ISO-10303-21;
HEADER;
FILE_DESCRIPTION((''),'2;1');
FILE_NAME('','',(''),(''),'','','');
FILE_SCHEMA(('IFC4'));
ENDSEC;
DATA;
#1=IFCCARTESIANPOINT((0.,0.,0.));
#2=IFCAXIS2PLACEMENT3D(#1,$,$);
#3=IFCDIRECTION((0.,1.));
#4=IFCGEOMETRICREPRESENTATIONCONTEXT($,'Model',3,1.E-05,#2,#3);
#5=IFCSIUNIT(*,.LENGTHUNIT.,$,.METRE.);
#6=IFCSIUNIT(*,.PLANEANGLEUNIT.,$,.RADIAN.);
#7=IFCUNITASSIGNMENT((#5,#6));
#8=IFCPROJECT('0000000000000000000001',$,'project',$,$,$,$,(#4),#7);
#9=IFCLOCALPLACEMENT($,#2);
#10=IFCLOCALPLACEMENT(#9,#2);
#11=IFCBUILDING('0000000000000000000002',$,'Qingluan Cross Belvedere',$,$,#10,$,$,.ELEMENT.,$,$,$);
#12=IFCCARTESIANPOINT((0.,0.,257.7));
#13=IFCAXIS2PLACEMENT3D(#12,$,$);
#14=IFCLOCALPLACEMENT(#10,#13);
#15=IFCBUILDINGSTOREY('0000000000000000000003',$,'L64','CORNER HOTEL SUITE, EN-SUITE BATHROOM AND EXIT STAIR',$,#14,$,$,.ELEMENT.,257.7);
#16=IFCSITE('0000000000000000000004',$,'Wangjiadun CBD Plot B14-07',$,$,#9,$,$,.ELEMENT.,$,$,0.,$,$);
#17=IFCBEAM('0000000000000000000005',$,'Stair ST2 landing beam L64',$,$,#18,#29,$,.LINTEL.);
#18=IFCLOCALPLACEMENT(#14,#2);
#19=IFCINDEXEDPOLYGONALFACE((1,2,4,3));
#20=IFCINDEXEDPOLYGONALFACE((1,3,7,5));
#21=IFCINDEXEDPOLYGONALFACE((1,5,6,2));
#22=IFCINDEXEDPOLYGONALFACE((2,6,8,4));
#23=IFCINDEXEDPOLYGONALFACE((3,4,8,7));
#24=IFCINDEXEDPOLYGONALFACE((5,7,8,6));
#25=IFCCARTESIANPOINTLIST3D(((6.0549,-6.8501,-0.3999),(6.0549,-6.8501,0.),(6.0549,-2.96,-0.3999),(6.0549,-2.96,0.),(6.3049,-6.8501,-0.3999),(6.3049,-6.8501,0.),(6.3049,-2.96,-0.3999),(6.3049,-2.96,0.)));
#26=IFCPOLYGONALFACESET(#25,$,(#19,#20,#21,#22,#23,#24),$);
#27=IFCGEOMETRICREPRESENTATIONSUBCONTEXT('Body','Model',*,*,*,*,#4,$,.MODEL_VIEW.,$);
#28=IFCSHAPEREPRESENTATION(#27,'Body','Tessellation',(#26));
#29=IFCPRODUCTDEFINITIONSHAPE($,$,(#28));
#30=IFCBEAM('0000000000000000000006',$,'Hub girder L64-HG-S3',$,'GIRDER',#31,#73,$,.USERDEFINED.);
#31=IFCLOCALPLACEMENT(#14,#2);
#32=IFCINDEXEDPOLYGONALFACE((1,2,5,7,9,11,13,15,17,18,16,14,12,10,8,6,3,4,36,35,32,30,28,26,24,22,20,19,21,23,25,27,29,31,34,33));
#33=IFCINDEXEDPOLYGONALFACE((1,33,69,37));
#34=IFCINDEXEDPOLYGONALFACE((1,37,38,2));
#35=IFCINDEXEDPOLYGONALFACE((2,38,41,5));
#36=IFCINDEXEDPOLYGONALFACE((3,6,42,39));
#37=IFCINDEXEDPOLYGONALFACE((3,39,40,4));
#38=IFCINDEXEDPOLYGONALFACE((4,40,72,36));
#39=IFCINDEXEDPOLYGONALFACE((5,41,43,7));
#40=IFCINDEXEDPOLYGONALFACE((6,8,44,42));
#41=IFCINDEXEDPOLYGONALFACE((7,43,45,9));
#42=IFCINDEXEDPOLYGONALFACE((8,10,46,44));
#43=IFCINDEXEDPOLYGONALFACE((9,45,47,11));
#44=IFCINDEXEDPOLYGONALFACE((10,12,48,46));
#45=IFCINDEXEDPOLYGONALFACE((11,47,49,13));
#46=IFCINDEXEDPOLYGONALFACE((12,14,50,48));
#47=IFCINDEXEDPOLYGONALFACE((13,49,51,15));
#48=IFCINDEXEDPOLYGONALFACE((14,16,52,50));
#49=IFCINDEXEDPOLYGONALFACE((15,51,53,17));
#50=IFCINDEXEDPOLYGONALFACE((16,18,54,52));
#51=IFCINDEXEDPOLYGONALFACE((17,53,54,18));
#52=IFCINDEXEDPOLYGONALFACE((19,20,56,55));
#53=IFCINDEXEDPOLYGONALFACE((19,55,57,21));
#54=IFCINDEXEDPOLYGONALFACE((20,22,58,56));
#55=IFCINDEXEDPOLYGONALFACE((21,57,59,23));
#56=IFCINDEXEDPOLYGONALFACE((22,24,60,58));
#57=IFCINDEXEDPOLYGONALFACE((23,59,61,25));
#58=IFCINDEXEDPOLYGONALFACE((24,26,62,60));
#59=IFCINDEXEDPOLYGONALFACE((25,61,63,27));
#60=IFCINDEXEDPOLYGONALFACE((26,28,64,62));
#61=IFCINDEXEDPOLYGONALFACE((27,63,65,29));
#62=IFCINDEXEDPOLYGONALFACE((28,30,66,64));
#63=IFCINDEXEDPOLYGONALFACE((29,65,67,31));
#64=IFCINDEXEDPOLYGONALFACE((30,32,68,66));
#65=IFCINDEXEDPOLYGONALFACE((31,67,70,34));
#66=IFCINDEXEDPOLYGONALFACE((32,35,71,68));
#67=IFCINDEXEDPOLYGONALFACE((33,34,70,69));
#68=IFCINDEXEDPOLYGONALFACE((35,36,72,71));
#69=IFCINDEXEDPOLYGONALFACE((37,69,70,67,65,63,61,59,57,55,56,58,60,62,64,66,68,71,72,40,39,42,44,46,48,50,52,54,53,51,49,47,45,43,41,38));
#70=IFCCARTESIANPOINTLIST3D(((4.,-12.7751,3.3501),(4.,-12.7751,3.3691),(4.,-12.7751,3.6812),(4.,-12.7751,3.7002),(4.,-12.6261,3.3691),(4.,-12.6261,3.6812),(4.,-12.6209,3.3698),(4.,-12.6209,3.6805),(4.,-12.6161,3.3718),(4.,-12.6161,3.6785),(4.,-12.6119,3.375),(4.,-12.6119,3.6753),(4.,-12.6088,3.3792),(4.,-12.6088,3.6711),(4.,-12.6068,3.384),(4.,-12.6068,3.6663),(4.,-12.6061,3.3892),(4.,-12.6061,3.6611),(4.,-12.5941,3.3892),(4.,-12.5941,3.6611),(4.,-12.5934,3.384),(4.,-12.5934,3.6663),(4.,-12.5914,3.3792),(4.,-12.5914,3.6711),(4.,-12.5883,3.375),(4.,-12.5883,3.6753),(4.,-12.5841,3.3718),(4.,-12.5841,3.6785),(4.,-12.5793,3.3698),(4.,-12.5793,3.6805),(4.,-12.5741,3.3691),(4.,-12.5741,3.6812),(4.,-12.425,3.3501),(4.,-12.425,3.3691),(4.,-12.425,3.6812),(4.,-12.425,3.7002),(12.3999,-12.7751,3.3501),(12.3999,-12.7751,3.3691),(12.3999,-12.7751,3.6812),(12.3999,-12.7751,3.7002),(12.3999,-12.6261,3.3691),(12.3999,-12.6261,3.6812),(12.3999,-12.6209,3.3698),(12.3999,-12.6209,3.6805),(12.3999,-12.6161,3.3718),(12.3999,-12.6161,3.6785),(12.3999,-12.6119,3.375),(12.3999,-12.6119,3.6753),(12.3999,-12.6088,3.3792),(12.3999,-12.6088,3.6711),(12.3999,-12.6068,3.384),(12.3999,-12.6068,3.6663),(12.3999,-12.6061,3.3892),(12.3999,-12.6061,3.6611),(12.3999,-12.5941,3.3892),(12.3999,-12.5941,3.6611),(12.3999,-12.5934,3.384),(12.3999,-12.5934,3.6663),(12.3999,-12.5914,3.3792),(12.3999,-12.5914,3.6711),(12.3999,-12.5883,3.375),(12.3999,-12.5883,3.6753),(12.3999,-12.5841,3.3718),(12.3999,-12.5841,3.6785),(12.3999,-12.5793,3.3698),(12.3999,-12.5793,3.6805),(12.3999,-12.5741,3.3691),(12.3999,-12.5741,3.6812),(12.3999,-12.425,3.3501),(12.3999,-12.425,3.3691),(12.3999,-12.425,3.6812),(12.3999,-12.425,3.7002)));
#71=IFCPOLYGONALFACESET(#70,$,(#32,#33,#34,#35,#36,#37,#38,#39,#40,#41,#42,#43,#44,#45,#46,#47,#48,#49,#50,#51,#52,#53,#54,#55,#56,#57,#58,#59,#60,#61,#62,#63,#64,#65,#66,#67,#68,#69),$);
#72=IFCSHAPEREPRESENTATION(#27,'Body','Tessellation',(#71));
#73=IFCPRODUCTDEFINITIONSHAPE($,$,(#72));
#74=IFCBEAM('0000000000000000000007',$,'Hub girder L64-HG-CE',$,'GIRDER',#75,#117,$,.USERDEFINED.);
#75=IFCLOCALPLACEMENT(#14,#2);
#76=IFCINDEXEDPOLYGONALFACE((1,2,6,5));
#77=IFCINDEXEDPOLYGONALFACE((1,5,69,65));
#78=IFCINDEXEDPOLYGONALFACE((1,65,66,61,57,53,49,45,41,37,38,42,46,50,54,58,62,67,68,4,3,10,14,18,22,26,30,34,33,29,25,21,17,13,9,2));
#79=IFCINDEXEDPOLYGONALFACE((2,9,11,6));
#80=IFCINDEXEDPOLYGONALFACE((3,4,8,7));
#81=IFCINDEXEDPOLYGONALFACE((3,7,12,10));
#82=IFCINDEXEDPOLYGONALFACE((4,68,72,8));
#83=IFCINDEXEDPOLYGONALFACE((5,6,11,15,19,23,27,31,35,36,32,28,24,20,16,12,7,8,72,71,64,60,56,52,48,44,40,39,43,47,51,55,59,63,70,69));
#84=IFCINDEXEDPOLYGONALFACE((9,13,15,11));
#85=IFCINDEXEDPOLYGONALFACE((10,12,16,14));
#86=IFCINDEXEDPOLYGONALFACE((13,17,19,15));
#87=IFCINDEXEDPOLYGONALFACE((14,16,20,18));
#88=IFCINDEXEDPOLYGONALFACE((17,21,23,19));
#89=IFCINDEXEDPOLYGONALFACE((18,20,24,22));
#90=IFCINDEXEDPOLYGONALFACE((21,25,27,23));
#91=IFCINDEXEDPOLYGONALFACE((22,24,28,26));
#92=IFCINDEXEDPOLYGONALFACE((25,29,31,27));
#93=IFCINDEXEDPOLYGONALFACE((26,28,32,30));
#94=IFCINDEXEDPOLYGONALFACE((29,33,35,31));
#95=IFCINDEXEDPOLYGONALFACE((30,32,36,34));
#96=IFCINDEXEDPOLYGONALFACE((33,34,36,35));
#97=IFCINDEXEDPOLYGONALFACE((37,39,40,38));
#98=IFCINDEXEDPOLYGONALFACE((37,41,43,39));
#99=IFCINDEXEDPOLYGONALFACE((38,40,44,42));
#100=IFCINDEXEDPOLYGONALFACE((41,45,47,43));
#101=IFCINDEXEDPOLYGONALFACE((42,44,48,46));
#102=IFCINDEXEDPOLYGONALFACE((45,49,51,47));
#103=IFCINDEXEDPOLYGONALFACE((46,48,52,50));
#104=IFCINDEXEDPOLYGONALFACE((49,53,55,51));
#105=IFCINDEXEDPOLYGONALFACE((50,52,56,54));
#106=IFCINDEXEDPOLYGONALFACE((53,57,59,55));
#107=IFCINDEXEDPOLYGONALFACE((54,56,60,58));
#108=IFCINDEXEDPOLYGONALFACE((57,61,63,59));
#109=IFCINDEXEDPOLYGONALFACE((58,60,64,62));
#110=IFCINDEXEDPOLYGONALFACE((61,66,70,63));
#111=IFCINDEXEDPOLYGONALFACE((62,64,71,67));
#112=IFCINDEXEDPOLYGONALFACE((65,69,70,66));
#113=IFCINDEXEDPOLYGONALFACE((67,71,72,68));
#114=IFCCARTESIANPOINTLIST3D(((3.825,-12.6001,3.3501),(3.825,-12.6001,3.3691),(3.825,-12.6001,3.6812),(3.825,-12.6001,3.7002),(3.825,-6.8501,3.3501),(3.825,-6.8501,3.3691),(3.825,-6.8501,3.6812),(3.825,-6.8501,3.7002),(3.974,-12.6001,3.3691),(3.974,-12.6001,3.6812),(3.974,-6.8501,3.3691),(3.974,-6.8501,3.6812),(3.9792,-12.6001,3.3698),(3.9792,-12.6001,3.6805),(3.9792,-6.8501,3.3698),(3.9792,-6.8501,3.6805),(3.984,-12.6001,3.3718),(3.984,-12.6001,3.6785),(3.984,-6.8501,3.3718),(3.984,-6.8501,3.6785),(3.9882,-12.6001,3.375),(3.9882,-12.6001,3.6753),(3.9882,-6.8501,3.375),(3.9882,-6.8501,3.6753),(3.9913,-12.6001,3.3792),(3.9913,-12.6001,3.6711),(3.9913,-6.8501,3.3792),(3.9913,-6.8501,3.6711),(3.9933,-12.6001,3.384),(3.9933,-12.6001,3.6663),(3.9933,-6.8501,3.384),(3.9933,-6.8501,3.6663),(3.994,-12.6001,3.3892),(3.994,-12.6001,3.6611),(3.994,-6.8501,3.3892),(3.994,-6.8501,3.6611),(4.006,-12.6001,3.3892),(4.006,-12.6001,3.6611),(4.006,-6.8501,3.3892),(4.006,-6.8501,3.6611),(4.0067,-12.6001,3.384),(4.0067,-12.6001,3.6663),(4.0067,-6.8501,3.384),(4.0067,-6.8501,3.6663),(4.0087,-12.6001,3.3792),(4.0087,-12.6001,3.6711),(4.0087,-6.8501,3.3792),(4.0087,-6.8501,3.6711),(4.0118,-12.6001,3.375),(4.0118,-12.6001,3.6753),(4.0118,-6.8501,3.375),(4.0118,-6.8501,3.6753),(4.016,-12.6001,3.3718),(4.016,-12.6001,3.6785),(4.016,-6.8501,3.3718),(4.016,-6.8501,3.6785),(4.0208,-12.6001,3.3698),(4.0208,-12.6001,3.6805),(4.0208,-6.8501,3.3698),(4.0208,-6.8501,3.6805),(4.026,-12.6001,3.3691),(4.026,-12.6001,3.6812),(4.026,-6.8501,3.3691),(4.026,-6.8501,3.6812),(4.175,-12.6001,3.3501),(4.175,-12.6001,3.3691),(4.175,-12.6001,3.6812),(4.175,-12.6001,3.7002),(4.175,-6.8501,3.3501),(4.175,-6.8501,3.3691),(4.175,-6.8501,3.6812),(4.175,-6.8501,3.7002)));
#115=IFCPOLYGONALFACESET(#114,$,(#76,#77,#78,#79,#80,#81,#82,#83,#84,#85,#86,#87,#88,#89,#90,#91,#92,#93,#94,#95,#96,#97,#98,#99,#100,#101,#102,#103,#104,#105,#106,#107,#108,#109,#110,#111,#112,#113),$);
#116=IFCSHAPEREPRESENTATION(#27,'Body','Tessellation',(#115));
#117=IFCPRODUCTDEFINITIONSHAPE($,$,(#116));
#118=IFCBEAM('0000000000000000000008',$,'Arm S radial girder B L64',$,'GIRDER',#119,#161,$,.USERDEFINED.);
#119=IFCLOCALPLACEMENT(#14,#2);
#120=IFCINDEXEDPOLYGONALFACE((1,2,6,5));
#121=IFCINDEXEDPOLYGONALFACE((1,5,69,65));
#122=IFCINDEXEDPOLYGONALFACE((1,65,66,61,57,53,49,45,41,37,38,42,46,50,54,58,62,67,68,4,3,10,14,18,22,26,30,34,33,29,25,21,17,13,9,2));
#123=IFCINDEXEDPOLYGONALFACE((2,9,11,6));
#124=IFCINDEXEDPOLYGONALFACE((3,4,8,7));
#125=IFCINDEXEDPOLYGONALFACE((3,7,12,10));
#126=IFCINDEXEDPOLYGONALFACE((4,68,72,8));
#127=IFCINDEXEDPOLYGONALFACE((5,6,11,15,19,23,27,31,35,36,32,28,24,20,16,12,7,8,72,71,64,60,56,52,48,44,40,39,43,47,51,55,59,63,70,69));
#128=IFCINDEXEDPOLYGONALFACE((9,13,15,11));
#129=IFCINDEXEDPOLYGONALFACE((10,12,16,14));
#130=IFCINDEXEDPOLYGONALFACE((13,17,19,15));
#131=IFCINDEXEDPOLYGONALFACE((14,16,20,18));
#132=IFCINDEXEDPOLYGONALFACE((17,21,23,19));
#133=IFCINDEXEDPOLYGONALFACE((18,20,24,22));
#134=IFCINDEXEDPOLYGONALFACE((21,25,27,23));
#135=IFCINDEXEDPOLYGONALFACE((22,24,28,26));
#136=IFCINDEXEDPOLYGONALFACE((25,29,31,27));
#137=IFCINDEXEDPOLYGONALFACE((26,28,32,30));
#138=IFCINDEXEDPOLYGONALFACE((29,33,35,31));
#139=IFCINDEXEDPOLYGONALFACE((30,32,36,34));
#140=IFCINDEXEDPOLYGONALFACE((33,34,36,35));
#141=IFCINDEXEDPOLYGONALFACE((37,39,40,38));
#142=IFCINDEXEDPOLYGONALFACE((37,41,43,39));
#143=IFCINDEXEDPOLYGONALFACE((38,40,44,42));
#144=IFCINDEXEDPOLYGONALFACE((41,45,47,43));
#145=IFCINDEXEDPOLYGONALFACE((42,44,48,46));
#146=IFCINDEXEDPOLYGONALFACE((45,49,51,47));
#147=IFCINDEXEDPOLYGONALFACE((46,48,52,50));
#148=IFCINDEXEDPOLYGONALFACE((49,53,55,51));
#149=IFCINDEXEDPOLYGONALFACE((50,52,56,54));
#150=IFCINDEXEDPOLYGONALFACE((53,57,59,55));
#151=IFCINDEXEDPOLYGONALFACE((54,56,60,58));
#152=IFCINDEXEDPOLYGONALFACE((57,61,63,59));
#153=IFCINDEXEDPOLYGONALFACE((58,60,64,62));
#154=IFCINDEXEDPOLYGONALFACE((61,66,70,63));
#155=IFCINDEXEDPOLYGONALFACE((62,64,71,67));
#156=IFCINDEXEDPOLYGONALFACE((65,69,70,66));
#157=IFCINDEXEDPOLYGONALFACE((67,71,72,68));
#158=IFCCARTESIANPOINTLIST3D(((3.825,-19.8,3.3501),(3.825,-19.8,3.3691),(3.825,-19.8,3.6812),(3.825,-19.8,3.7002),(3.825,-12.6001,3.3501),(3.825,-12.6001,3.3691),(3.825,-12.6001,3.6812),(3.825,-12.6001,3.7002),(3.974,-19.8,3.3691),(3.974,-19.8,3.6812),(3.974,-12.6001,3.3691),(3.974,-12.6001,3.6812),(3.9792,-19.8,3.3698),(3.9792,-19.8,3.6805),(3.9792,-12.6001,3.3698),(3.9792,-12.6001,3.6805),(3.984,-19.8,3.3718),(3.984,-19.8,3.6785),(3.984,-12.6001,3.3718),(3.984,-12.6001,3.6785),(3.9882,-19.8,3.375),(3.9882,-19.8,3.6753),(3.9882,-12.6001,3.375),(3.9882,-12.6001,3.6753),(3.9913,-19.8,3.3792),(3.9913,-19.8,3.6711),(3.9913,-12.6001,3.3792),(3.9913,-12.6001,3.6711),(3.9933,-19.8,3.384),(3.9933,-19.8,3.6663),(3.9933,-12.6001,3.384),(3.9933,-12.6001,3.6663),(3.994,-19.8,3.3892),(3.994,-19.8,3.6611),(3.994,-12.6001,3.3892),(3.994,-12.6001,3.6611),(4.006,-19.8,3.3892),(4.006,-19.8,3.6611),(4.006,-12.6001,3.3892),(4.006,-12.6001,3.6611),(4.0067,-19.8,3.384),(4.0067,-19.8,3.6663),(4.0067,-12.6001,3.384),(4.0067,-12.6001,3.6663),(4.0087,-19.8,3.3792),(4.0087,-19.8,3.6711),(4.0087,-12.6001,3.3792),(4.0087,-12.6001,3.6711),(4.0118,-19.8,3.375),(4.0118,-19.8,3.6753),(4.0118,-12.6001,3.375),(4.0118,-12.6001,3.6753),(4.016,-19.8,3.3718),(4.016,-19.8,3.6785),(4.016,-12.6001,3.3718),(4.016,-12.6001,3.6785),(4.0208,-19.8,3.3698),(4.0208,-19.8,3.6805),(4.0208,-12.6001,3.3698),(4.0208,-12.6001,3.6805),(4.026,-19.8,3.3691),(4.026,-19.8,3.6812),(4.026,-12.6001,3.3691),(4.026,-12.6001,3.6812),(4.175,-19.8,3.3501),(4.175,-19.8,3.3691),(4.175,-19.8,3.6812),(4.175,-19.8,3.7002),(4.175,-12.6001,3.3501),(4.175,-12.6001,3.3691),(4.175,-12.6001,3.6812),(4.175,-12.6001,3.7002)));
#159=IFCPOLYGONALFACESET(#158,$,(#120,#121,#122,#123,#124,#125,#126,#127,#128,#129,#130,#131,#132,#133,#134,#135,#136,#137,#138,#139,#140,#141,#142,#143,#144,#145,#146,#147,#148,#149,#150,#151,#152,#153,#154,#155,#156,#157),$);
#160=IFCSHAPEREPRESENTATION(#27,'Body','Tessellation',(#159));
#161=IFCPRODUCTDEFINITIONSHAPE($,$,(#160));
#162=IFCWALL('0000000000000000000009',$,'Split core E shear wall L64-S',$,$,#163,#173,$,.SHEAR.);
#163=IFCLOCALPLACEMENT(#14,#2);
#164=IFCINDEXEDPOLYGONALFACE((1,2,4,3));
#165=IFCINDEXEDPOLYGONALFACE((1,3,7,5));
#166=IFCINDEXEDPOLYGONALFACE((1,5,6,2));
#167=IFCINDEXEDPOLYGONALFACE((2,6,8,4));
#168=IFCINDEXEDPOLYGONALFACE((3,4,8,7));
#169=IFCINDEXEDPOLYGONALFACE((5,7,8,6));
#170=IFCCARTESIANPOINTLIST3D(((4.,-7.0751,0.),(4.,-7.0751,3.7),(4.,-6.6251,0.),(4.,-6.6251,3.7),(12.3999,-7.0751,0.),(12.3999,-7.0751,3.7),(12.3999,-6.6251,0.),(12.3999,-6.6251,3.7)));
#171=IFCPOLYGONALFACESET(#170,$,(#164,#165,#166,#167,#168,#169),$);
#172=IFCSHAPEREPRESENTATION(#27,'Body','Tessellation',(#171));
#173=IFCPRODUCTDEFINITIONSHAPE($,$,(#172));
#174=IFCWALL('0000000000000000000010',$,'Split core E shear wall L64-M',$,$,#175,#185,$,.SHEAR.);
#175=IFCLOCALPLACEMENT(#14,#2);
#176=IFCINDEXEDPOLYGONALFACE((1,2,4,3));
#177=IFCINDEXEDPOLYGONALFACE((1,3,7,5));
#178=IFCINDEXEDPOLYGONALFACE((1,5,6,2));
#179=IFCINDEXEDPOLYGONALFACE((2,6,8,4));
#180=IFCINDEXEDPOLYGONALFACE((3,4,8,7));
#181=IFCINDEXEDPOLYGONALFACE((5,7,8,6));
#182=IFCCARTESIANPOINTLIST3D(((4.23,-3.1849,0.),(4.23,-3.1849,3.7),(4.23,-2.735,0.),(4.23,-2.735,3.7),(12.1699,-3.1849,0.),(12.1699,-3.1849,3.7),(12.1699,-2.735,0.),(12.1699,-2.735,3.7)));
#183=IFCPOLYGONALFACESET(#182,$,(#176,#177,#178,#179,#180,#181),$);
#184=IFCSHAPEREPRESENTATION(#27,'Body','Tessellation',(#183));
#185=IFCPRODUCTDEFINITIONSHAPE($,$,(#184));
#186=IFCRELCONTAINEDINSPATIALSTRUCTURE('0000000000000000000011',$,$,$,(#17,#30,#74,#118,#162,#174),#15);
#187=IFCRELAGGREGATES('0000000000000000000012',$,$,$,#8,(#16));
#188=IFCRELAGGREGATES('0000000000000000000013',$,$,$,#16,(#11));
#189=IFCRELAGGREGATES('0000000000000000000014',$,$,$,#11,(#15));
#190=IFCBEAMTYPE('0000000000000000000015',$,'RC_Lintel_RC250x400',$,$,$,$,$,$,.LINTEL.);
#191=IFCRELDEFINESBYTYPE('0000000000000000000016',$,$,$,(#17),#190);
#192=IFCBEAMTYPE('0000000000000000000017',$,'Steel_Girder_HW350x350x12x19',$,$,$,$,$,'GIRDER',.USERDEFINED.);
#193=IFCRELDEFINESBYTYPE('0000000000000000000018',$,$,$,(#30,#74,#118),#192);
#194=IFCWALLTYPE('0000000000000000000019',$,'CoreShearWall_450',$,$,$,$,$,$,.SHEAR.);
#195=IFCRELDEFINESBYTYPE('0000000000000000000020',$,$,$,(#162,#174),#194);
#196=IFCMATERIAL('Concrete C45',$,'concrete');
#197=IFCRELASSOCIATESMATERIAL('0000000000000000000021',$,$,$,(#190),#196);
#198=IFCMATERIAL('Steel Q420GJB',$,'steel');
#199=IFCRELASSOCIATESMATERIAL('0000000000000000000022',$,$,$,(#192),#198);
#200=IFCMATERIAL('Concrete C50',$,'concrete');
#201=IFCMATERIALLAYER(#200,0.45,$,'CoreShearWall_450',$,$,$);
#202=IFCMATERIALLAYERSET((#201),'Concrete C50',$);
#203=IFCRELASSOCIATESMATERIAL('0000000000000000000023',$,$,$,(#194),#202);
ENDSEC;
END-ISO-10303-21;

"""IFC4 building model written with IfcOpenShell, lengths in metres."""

from ifc_helpers import new_model, si_unit, direction, frame, frame_2d, origin, origin_2d, place, context, subcontext, project, spatial, rectangle, i_section, extrude, material, layer, layer_set, material_profile, profile_set, type_object, element, save


model = new_model("IFC4")

# Units and contexts
model_context = context("Model", 3, precision=1e-05, world=origin(), true_north=direction((0.0, 1.0)))
body_context = subcontext(model_context, "Body", "Model", "MODEL_VIEW")
ifc_project = project(units=[si_unit("LENGTHUNIT", "METRE"), si_unit("PLANEANGLEUNIT", "RADIAN")], contexts=[model_context])

# Site, building, storey
site_placement = place(None, origin())
site = spatial("IfcSite", under=ifc_project, at=site_placement, Name="Wangjiadun CBD Plot B14-07", CompositionType="ELEMENT", RefElevation=0.0)
building_placement = place(site_placement, origin())
building = spatial("IfcBuilding", under=site, at=building_placement, Name="Qingluan Cross Belvedere", CompositionType="ELEMENT")
storey_placement = place(building_placement, frame((0.0, 0.0, 257.7)))
storey = spatial("IfcBuildingStorey", under=building, at=storey_placement, Name="L64", Description="CORNER HOTEL SUITE, EN-SUITE BATHROOM AND EXIT STAIR", CompositionType="ELEMENT", Elevation=257.7)

# Beams
ifc_material_1 = material(Name="Concrete C45", Category="concrete")
ifc_material_profile_1 = material_profile(ifc_material_1, rectangle(XDim=0.25, YDim=0.3999, at=origin_2d()), Name="RC250x400")
ifc_profile_set_1 = profile_set([ifc_material_profile_1], Name="Concrete C45")
beam_type_1 = type_object("IfcBeamType", Name="RC_Lintel_RC250x400", PredefinedType="LINTEL", material=ifc_profile_set_1)
beam_1_placement = place(storey_placement, frame((6.1799, -6.8501, -0.2), z_axis=(0.0, 1.0, 0.0), x_axis=(-1.0, 0.0, 0.0)))
element("IfcBeam", 1, at=beam_1_placement, inside=storey, type_object=beam_type_1, Name="Stair ST2 landing beam L64", PredefinedType="LINTEL", context=body_context, shape_type="SweptSolid", body=[
    extrude(rectangle(XDim=0.25, YDim=0.3999, at=origin_2d()), origin(), (0.0, 0.0, 1.0), 3.8901),
])
ifc_material_2 = material(Name="Steel Q420GJB", Category="steel")
ifc_material_profile_2 = material_profile(ifc_material_2, i_section(OverallWidth=0.3501, OverallDepth=0.3501, WebThickness=0.012, FlangeThickness=0.019, FilletRadius=0.02, at=origin_2d()), Name="HW350x350x12x19")
ifc_profile_set_2 = profile_set([ifc_material_profile_2], Name="Steel Q420GJB")
beam_type_2 = type_object("IfcBeamType", Name="Steel_Girder_HW350x350x12x19", ElementType="GIRDER", PredefinedType="USERDEFINED", material=ifc_profile_set_2)
beam_2_placement = place(storey_placement, frame((4.0, -12.6001, 3.5251), z_axis=(1.0, 0.0, 0.0), x_axis=(0.0, 1.0, 0.0)))
element("IfcBeam", 2, at=beam_2_placement, inside=storey, type_object=beam_type_2, Name="Hub girder L64-HG-S3", ObjectType="GIRDER", PredefinedType="USERDEFINED", context=body_context, shape_type="SweptSolid", body=[
    extrude(i_section(OverallWidth=0.3501, OverallDepth=0.3501, WebThickness=0.012, FlangeThickness=0.019, FilletRadius=0.02, at=origin_2d()), origin(), (0.0, 0.0, 1.0), 8.3999),
])
beam_3_placement = place(storey_placement, frame((4.0, -12.6001, 3.5251), z_axis=(0.0, 1.0, 0.0), x_axis=(-1.0, 0.0, 0.0)))
element("IfcBeam", 3, at=beam_3_placement, inside=storey, type_object=beam_type_2, Name="Hub girder L64-HG-CE", ObjectType="GIRDER", PredefinedType="USERDEFINED", context=body_context, shape_type="SweptSolid", body=[
    extrude(i_section(OverallWidth=0.3501, OverallDepth=0.3501, WebThickness=0.012, FlangeThickness=0.019, FilletRadius=0.02, at=origin_2d()), origin(), (0.0, 0.0, 1.0), 5.75),
])
beam_4_placement = place(storey_placement, frame((4.0, -12.6001, 3.5251), z_axis=(0.0, -1.0, 0.0), x_axis=(1.0, 0.0, 0.0)))
element("IfcBeam", 4, at=beam_4_placement, inside=storey, type_object=beam_type_2, Name="Arm S radial girder B L64", ObjectType="GIRDER", PredefinedType="USERDEFINED", context=body_context, shape_type="SweptSolid", body=[
    extrude(i_section(OverallWidth=0.3501, OverallDepth=0.3501, WebThickness=0.012, FlangeThickness=0.019, FilletRadius=0.02, at=origin_2d()), origin(), (0.0, 0.0, 1.0), 7.2),
])

# Wall
ifc_material_3 = material(Name="Concrete C50", Category="concrete")
ifc_layer_1 = layer(ifc_material_3, 0.45, Name="CoreShearWall_450")
ifc_layer_set_1 = layer_set([ifc_layer_1], Name="Concrete C50")
wall_type_1 = type_object("IfcWallType", Name="CoreShearWall_450", PredefinedType="SHEAR", material=ifc_layer_set_1)
wall_1_placement = place(storey_placement, frame((4.0, -6.8501, 0.0), z_axis=(0.0, 0.0, 1.0), x_axis=(1.0, 0.0, 0.0)))
element("IfcWall", 5, at=wall_1_placement, inside=storey, type_object=wall_type_1, Name="Split core E shear wall L64-S", PredefinedType="SHEAR", context=body_context, shape_type="SweptSolid", body=[
    extrude(rectangle(XDim=8.3999, YDim=0.45, at=frame_2d((4.2, 0.0))), origin(), (0.0, 0.0, 1.0), 3.7),
])

# Wall
wall_2_placement = place(storey_placement, frame((4.23, -2.96, 0.0), z_axis=(0.0, 0.0, 1.0), x_axis=(1.0, 0.0, 0.0)))
element("IfcWall", 6, at=wall_2_placement, inside=storey, type_object=wall_type_1, Name="Split core E shear wall L64-M", PredefinedType="SHEAR", context=body_context, shape_type="SweptSolid", body=[
    extrude(rectangle(XDim=7.9399, YDim=0.45, at=frame_2d((3.97, 0.0))), origin(), (0.0, 0.0, 1.0), 3.7),
])

save(model, "model.ifc")
